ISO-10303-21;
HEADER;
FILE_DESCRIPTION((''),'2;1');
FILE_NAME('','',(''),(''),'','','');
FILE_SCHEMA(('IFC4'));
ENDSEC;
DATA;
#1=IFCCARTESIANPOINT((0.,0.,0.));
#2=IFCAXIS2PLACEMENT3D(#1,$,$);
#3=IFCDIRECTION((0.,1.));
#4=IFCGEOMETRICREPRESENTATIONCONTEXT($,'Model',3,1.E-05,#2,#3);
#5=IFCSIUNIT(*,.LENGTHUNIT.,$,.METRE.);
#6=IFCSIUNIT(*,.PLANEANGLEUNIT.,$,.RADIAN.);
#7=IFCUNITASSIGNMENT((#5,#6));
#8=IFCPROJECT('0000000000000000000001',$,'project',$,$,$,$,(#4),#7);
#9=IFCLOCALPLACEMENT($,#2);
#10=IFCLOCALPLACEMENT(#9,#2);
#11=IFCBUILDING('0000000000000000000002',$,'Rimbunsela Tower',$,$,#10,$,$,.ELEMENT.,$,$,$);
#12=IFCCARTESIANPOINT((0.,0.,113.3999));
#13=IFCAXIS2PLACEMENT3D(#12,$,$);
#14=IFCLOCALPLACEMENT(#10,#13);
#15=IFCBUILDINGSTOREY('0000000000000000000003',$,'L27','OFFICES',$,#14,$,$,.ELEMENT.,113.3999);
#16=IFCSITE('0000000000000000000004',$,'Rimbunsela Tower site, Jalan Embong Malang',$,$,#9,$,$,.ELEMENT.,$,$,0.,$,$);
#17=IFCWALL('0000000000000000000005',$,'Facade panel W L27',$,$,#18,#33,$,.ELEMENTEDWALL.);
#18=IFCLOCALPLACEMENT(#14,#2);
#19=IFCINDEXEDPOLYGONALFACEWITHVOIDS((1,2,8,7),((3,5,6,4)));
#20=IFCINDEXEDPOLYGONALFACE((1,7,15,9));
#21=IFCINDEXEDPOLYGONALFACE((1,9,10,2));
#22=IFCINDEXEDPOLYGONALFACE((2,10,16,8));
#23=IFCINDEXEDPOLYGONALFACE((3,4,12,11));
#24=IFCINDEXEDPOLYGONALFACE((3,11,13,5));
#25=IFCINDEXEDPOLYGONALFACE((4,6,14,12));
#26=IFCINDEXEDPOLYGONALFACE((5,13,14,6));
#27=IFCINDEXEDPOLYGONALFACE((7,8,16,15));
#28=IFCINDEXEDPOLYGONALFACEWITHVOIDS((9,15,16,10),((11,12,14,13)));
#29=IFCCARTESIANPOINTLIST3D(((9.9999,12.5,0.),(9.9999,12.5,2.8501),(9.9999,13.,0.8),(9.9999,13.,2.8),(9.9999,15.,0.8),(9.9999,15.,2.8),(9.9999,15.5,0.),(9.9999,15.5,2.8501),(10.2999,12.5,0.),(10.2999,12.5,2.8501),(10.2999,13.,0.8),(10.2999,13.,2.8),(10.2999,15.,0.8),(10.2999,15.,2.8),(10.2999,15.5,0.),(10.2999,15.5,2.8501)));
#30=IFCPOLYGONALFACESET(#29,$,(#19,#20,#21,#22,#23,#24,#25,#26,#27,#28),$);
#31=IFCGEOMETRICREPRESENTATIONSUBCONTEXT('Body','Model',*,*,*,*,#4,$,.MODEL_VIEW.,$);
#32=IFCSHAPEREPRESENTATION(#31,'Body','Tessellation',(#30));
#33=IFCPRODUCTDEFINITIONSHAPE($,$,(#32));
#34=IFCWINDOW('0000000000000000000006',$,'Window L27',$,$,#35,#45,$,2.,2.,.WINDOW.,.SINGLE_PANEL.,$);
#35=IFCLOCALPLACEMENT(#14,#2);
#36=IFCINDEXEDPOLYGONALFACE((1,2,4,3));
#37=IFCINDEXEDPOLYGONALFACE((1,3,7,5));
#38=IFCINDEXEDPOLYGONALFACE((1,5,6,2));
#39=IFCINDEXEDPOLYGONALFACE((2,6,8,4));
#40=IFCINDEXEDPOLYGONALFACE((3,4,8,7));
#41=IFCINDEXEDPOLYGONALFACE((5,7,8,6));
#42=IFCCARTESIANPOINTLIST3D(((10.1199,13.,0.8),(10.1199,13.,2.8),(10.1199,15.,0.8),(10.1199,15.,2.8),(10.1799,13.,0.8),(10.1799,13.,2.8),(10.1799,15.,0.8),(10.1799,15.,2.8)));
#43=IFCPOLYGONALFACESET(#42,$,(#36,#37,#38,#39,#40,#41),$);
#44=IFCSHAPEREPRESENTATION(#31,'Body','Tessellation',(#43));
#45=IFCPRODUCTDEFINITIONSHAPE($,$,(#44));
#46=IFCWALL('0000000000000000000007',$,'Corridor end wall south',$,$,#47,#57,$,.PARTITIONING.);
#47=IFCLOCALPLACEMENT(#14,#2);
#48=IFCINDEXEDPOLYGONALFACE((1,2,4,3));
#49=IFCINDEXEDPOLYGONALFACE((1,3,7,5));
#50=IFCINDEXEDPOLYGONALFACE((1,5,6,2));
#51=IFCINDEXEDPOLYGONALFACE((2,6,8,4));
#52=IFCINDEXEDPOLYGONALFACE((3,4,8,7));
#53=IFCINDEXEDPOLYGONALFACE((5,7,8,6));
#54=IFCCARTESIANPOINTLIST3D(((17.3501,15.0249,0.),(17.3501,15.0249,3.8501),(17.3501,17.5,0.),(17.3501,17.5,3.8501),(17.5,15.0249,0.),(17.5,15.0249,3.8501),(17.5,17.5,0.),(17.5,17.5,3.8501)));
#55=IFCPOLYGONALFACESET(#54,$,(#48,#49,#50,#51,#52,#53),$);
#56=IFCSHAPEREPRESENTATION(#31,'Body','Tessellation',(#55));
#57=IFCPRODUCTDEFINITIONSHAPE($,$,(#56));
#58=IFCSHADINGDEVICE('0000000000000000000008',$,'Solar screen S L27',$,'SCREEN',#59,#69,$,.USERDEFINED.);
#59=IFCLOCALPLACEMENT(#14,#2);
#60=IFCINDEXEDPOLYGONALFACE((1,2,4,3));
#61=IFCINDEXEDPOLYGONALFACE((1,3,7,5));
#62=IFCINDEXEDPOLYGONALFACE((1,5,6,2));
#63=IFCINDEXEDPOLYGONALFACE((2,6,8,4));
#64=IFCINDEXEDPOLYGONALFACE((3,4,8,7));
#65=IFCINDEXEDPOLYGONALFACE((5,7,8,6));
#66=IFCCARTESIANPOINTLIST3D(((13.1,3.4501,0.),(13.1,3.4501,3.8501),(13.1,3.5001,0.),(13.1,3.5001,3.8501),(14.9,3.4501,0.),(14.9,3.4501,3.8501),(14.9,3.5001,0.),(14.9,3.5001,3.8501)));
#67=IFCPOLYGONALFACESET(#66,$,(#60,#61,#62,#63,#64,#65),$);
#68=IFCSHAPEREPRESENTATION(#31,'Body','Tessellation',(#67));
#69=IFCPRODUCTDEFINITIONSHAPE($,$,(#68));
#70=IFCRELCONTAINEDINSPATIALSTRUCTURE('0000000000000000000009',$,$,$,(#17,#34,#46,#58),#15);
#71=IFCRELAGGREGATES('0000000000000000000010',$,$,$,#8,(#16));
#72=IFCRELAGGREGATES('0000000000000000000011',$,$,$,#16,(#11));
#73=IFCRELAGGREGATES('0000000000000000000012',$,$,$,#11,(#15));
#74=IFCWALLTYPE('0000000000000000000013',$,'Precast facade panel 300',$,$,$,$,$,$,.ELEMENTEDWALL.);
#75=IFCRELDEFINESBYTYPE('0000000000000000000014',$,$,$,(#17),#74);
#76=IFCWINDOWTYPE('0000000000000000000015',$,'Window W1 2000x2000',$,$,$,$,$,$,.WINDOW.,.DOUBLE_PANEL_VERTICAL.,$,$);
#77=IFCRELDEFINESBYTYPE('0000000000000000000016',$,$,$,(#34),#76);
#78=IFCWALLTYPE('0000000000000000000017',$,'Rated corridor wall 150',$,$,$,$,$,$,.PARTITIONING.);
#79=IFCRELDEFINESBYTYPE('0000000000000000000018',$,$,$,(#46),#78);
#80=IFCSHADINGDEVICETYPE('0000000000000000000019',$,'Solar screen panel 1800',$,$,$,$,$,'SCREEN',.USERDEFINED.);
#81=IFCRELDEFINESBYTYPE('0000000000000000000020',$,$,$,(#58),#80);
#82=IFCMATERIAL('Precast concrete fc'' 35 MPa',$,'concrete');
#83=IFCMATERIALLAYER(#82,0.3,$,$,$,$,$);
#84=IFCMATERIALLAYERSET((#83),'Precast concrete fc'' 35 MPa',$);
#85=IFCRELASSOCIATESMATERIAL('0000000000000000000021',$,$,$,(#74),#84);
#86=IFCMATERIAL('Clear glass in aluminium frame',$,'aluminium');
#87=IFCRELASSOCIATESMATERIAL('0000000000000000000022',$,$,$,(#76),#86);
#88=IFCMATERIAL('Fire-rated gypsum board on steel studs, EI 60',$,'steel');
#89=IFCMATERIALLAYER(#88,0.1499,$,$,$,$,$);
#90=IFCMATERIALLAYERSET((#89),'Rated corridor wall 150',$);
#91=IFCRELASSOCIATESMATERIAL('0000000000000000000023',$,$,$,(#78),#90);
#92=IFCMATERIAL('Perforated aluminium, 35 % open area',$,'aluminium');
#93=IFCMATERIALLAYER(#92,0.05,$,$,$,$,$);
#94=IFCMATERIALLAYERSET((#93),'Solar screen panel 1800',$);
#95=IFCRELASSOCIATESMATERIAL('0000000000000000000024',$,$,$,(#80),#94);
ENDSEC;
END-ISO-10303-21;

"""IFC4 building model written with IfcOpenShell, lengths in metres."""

from ifc_helpers import new_model, si_unit, direction, frame, frame_2d, origin, origin_2d, place, context, subcontext, project, spatial, rectangle, extrude, material, layer, layer_set, type_object, element, fill, save


model = new_model("IFC4")

# Units and contexts
model_context = context("Model", 3, precision=1e-05, world=origin(), true_north=direction((0.0, 1.0)))
body_context = subcontext(model_context, "Body", "Model", "MODEL_VIEW")
ifc_project = project(units=[si_unit("LENGTHUNIT", "METRE"), si_unit("PLANEANGLEUNIT", "RADIAN")], contexts=[model_context])

# Site, building, storey
site_placement = place(None, origin())
site = spatial("IfcSite", under=ifc_project, at=site_placement, Name="Rimbunsela Tower site, Jalan Embong Malang", CompositionType="ELEMENT", RefElevation=0.0)
building_placement = place(site_placement, origin())
building = spatial("IfcBuilding", under=site, at=building_placement, Name="Rimbunsela Tower", CompositionType="ELEMENT")
storey_placement = place(building_placement, frame((0.0, 0.0, 113.3999)))
storey = spatial("IfcBuildingStorey", under=building, at=storey_placement, Name="L27", Description="OFFICES", CompositionType="ELEMENT", Elevation=113.3999)

# Shared definitions
ifc_material_1 = material(Name="Precast concrete fc' 35 MPa", Category="concrete")
ifc_layer_1 = layer(ifc_material_1, 0.3)
ifc_layer_set_1 = layer_set([ifc_layer_1], Name="Precast concrete fc' 35 MPa")
wall_type_1 = type_object("IfcWallType", Name="Precast facade panel 300", PredefinedType="ELEMENTEDWALL", material=ifc_layer_set_1)

# Shared definitions
ifc_material_2 = material(Name="Clear glass in aluminium frame", Category="aluminium")
window_type = type_object("IfcWindowType", Name="Window W1 2000x2000", PartitioningType="DOUBLE_PANEL_VERTICAL", PredefinedType="WINDOW", material=ifc_material_2)

# Wall, opening, window
wall_1_placement = place(storey_placement, frame((10.1499, 15.5, 0.0), z_axis=(0.0, 0.0, 1.0), x_axis=(0.0, -1.0, 0.0)))
wall_1 = element("IfcWall", 1, at=wall_1_placement, inside=storey, type_object=wall_type_1, Name="Facade panel W L27", PredefinedType="ELEMENTEDWALL", context=body_context, shape_type="SweptSolid", body=[
    extrude(rectangle(XDim=3.0, YDim=0.3, at=frame_2d((1.5, 0.0))), origin(), (0.0, 0.0, 1.0), 2.8501),
])
opening_1_placement = place(wall_1_placement, frame((0.5, 0.0, 0.8)))
opening_1 = element("IfcOpeningElement", 2, at=opening_1_placement, cuts=wall_1, PredefinedType="OPENING", context=body_context, shape_type="SweptSolid", body=[
    extrude(rectangle(XDim=2.0, YDim=2.0, at=frame_2d((1.0, 1.0))), frame((0.0, 0.1599, 0.0), z_axis=(0.0, -1.0, 0.0), x_axis=(1.0, 0.0, 0.0)), (0.0, 0.0, 1.0), 0.3201),
])
window_1_placement = place(opening_1_placement, origin())
window_1 = element("IfcWindow", 3, at=window_1_placement, inside=storey, type_object=window_type, Name="Window L27", OverallHeight=2.0, OverallWidth=2.0, PartitioningType="SINGLE_PANEL", PredefinedType="WINDOW", context=body_context, shape_type="SweptSolid", body=[
    extrude(rectangle(XDim=2.0, YDim=2.0, at=frame_2d((1.0, 1.0))), frame((0.0, 0.03, 0.0), z_axis=(0.0, -1.0, 0.0), x_axis=(1.0, 0.0, 0.0)), (0.0, 0.0, 1.0), 0.0601),
])
fill(opening_1, window_1)

# Wall
ifc_material_3 = material(Name="Fire-rated gypsum board on steel studs, EI 60", Category="steel")
ifc_layer_2 = layer(ifc_material_3, 0.1499)
ifc_layer_set_2 = layer_set([ifc_layer_2], Name="Rated corridor wall 150")
wall_type_2 = type_object("IfcWallType", Name="Rated corridor wall 150", PredefinedType="PARTITIONING", material=ifc_layer_set_2)
wall_2_placement = place(storey_placement, frame((17.425, 15.0249, 0.0), z_axis=(0.0, 0.0, 1.0), x_axis=(0.0, 1.0, 0.0)))
element("IfcWall", 4, at=wall_2_placement, inside=storey, type_object=wall_type_2, Name="Corridor end wall south", PredefinedType="PARTITIONING", context=body_context, shape_type="SweptSolid", body=[
    extrude(rectangle(XDim=2.4751, YDim=0.1499, at=frame_2d((1.2375, 0.0))), origin(), (0.0, 0.0, 1.0), 3.8501),
])

# Shading device
ifc_material_4 = material(Name="Perforated aluminium, 35 % open area", Category="aluminium")
ifc_layer_3 = layer(ifc_material_4, 0.05)
ifc_layer_set_3 = layer_set([ifc_layer_3], Name="Solar screen panel 1800")
shading_device_type = type_object("IfcShadingDeviceType", Name="Solar screen panel 1800", ElementType="SCREEN", PredefinedType="USERDEFINED", material=ifc_layer_set_3)
shading_device_placement = place(storey_placement, frame((14.0, 3.4751, 0.0), z_axis=(0.0, 0.0, 1.0), x_axis=(1.0, 0.0, 0.0)))
element("IfcShadingDevice", 5, at=shading_device_placement, inside=storey, type_object=shading_device_type, Name="Solar screen S L27", ObjectType="SCREEN", PredefinedType="USERDEFINED", context=body_context, shape_type="SweptSolid", body=[
    extrude(rectangle(XDim=1.8, YDim=0.05, at=origin_2d()), origin(), (0.0, 0.0, 1.0), 3.8501),
])

save(model, "model.ifc")
